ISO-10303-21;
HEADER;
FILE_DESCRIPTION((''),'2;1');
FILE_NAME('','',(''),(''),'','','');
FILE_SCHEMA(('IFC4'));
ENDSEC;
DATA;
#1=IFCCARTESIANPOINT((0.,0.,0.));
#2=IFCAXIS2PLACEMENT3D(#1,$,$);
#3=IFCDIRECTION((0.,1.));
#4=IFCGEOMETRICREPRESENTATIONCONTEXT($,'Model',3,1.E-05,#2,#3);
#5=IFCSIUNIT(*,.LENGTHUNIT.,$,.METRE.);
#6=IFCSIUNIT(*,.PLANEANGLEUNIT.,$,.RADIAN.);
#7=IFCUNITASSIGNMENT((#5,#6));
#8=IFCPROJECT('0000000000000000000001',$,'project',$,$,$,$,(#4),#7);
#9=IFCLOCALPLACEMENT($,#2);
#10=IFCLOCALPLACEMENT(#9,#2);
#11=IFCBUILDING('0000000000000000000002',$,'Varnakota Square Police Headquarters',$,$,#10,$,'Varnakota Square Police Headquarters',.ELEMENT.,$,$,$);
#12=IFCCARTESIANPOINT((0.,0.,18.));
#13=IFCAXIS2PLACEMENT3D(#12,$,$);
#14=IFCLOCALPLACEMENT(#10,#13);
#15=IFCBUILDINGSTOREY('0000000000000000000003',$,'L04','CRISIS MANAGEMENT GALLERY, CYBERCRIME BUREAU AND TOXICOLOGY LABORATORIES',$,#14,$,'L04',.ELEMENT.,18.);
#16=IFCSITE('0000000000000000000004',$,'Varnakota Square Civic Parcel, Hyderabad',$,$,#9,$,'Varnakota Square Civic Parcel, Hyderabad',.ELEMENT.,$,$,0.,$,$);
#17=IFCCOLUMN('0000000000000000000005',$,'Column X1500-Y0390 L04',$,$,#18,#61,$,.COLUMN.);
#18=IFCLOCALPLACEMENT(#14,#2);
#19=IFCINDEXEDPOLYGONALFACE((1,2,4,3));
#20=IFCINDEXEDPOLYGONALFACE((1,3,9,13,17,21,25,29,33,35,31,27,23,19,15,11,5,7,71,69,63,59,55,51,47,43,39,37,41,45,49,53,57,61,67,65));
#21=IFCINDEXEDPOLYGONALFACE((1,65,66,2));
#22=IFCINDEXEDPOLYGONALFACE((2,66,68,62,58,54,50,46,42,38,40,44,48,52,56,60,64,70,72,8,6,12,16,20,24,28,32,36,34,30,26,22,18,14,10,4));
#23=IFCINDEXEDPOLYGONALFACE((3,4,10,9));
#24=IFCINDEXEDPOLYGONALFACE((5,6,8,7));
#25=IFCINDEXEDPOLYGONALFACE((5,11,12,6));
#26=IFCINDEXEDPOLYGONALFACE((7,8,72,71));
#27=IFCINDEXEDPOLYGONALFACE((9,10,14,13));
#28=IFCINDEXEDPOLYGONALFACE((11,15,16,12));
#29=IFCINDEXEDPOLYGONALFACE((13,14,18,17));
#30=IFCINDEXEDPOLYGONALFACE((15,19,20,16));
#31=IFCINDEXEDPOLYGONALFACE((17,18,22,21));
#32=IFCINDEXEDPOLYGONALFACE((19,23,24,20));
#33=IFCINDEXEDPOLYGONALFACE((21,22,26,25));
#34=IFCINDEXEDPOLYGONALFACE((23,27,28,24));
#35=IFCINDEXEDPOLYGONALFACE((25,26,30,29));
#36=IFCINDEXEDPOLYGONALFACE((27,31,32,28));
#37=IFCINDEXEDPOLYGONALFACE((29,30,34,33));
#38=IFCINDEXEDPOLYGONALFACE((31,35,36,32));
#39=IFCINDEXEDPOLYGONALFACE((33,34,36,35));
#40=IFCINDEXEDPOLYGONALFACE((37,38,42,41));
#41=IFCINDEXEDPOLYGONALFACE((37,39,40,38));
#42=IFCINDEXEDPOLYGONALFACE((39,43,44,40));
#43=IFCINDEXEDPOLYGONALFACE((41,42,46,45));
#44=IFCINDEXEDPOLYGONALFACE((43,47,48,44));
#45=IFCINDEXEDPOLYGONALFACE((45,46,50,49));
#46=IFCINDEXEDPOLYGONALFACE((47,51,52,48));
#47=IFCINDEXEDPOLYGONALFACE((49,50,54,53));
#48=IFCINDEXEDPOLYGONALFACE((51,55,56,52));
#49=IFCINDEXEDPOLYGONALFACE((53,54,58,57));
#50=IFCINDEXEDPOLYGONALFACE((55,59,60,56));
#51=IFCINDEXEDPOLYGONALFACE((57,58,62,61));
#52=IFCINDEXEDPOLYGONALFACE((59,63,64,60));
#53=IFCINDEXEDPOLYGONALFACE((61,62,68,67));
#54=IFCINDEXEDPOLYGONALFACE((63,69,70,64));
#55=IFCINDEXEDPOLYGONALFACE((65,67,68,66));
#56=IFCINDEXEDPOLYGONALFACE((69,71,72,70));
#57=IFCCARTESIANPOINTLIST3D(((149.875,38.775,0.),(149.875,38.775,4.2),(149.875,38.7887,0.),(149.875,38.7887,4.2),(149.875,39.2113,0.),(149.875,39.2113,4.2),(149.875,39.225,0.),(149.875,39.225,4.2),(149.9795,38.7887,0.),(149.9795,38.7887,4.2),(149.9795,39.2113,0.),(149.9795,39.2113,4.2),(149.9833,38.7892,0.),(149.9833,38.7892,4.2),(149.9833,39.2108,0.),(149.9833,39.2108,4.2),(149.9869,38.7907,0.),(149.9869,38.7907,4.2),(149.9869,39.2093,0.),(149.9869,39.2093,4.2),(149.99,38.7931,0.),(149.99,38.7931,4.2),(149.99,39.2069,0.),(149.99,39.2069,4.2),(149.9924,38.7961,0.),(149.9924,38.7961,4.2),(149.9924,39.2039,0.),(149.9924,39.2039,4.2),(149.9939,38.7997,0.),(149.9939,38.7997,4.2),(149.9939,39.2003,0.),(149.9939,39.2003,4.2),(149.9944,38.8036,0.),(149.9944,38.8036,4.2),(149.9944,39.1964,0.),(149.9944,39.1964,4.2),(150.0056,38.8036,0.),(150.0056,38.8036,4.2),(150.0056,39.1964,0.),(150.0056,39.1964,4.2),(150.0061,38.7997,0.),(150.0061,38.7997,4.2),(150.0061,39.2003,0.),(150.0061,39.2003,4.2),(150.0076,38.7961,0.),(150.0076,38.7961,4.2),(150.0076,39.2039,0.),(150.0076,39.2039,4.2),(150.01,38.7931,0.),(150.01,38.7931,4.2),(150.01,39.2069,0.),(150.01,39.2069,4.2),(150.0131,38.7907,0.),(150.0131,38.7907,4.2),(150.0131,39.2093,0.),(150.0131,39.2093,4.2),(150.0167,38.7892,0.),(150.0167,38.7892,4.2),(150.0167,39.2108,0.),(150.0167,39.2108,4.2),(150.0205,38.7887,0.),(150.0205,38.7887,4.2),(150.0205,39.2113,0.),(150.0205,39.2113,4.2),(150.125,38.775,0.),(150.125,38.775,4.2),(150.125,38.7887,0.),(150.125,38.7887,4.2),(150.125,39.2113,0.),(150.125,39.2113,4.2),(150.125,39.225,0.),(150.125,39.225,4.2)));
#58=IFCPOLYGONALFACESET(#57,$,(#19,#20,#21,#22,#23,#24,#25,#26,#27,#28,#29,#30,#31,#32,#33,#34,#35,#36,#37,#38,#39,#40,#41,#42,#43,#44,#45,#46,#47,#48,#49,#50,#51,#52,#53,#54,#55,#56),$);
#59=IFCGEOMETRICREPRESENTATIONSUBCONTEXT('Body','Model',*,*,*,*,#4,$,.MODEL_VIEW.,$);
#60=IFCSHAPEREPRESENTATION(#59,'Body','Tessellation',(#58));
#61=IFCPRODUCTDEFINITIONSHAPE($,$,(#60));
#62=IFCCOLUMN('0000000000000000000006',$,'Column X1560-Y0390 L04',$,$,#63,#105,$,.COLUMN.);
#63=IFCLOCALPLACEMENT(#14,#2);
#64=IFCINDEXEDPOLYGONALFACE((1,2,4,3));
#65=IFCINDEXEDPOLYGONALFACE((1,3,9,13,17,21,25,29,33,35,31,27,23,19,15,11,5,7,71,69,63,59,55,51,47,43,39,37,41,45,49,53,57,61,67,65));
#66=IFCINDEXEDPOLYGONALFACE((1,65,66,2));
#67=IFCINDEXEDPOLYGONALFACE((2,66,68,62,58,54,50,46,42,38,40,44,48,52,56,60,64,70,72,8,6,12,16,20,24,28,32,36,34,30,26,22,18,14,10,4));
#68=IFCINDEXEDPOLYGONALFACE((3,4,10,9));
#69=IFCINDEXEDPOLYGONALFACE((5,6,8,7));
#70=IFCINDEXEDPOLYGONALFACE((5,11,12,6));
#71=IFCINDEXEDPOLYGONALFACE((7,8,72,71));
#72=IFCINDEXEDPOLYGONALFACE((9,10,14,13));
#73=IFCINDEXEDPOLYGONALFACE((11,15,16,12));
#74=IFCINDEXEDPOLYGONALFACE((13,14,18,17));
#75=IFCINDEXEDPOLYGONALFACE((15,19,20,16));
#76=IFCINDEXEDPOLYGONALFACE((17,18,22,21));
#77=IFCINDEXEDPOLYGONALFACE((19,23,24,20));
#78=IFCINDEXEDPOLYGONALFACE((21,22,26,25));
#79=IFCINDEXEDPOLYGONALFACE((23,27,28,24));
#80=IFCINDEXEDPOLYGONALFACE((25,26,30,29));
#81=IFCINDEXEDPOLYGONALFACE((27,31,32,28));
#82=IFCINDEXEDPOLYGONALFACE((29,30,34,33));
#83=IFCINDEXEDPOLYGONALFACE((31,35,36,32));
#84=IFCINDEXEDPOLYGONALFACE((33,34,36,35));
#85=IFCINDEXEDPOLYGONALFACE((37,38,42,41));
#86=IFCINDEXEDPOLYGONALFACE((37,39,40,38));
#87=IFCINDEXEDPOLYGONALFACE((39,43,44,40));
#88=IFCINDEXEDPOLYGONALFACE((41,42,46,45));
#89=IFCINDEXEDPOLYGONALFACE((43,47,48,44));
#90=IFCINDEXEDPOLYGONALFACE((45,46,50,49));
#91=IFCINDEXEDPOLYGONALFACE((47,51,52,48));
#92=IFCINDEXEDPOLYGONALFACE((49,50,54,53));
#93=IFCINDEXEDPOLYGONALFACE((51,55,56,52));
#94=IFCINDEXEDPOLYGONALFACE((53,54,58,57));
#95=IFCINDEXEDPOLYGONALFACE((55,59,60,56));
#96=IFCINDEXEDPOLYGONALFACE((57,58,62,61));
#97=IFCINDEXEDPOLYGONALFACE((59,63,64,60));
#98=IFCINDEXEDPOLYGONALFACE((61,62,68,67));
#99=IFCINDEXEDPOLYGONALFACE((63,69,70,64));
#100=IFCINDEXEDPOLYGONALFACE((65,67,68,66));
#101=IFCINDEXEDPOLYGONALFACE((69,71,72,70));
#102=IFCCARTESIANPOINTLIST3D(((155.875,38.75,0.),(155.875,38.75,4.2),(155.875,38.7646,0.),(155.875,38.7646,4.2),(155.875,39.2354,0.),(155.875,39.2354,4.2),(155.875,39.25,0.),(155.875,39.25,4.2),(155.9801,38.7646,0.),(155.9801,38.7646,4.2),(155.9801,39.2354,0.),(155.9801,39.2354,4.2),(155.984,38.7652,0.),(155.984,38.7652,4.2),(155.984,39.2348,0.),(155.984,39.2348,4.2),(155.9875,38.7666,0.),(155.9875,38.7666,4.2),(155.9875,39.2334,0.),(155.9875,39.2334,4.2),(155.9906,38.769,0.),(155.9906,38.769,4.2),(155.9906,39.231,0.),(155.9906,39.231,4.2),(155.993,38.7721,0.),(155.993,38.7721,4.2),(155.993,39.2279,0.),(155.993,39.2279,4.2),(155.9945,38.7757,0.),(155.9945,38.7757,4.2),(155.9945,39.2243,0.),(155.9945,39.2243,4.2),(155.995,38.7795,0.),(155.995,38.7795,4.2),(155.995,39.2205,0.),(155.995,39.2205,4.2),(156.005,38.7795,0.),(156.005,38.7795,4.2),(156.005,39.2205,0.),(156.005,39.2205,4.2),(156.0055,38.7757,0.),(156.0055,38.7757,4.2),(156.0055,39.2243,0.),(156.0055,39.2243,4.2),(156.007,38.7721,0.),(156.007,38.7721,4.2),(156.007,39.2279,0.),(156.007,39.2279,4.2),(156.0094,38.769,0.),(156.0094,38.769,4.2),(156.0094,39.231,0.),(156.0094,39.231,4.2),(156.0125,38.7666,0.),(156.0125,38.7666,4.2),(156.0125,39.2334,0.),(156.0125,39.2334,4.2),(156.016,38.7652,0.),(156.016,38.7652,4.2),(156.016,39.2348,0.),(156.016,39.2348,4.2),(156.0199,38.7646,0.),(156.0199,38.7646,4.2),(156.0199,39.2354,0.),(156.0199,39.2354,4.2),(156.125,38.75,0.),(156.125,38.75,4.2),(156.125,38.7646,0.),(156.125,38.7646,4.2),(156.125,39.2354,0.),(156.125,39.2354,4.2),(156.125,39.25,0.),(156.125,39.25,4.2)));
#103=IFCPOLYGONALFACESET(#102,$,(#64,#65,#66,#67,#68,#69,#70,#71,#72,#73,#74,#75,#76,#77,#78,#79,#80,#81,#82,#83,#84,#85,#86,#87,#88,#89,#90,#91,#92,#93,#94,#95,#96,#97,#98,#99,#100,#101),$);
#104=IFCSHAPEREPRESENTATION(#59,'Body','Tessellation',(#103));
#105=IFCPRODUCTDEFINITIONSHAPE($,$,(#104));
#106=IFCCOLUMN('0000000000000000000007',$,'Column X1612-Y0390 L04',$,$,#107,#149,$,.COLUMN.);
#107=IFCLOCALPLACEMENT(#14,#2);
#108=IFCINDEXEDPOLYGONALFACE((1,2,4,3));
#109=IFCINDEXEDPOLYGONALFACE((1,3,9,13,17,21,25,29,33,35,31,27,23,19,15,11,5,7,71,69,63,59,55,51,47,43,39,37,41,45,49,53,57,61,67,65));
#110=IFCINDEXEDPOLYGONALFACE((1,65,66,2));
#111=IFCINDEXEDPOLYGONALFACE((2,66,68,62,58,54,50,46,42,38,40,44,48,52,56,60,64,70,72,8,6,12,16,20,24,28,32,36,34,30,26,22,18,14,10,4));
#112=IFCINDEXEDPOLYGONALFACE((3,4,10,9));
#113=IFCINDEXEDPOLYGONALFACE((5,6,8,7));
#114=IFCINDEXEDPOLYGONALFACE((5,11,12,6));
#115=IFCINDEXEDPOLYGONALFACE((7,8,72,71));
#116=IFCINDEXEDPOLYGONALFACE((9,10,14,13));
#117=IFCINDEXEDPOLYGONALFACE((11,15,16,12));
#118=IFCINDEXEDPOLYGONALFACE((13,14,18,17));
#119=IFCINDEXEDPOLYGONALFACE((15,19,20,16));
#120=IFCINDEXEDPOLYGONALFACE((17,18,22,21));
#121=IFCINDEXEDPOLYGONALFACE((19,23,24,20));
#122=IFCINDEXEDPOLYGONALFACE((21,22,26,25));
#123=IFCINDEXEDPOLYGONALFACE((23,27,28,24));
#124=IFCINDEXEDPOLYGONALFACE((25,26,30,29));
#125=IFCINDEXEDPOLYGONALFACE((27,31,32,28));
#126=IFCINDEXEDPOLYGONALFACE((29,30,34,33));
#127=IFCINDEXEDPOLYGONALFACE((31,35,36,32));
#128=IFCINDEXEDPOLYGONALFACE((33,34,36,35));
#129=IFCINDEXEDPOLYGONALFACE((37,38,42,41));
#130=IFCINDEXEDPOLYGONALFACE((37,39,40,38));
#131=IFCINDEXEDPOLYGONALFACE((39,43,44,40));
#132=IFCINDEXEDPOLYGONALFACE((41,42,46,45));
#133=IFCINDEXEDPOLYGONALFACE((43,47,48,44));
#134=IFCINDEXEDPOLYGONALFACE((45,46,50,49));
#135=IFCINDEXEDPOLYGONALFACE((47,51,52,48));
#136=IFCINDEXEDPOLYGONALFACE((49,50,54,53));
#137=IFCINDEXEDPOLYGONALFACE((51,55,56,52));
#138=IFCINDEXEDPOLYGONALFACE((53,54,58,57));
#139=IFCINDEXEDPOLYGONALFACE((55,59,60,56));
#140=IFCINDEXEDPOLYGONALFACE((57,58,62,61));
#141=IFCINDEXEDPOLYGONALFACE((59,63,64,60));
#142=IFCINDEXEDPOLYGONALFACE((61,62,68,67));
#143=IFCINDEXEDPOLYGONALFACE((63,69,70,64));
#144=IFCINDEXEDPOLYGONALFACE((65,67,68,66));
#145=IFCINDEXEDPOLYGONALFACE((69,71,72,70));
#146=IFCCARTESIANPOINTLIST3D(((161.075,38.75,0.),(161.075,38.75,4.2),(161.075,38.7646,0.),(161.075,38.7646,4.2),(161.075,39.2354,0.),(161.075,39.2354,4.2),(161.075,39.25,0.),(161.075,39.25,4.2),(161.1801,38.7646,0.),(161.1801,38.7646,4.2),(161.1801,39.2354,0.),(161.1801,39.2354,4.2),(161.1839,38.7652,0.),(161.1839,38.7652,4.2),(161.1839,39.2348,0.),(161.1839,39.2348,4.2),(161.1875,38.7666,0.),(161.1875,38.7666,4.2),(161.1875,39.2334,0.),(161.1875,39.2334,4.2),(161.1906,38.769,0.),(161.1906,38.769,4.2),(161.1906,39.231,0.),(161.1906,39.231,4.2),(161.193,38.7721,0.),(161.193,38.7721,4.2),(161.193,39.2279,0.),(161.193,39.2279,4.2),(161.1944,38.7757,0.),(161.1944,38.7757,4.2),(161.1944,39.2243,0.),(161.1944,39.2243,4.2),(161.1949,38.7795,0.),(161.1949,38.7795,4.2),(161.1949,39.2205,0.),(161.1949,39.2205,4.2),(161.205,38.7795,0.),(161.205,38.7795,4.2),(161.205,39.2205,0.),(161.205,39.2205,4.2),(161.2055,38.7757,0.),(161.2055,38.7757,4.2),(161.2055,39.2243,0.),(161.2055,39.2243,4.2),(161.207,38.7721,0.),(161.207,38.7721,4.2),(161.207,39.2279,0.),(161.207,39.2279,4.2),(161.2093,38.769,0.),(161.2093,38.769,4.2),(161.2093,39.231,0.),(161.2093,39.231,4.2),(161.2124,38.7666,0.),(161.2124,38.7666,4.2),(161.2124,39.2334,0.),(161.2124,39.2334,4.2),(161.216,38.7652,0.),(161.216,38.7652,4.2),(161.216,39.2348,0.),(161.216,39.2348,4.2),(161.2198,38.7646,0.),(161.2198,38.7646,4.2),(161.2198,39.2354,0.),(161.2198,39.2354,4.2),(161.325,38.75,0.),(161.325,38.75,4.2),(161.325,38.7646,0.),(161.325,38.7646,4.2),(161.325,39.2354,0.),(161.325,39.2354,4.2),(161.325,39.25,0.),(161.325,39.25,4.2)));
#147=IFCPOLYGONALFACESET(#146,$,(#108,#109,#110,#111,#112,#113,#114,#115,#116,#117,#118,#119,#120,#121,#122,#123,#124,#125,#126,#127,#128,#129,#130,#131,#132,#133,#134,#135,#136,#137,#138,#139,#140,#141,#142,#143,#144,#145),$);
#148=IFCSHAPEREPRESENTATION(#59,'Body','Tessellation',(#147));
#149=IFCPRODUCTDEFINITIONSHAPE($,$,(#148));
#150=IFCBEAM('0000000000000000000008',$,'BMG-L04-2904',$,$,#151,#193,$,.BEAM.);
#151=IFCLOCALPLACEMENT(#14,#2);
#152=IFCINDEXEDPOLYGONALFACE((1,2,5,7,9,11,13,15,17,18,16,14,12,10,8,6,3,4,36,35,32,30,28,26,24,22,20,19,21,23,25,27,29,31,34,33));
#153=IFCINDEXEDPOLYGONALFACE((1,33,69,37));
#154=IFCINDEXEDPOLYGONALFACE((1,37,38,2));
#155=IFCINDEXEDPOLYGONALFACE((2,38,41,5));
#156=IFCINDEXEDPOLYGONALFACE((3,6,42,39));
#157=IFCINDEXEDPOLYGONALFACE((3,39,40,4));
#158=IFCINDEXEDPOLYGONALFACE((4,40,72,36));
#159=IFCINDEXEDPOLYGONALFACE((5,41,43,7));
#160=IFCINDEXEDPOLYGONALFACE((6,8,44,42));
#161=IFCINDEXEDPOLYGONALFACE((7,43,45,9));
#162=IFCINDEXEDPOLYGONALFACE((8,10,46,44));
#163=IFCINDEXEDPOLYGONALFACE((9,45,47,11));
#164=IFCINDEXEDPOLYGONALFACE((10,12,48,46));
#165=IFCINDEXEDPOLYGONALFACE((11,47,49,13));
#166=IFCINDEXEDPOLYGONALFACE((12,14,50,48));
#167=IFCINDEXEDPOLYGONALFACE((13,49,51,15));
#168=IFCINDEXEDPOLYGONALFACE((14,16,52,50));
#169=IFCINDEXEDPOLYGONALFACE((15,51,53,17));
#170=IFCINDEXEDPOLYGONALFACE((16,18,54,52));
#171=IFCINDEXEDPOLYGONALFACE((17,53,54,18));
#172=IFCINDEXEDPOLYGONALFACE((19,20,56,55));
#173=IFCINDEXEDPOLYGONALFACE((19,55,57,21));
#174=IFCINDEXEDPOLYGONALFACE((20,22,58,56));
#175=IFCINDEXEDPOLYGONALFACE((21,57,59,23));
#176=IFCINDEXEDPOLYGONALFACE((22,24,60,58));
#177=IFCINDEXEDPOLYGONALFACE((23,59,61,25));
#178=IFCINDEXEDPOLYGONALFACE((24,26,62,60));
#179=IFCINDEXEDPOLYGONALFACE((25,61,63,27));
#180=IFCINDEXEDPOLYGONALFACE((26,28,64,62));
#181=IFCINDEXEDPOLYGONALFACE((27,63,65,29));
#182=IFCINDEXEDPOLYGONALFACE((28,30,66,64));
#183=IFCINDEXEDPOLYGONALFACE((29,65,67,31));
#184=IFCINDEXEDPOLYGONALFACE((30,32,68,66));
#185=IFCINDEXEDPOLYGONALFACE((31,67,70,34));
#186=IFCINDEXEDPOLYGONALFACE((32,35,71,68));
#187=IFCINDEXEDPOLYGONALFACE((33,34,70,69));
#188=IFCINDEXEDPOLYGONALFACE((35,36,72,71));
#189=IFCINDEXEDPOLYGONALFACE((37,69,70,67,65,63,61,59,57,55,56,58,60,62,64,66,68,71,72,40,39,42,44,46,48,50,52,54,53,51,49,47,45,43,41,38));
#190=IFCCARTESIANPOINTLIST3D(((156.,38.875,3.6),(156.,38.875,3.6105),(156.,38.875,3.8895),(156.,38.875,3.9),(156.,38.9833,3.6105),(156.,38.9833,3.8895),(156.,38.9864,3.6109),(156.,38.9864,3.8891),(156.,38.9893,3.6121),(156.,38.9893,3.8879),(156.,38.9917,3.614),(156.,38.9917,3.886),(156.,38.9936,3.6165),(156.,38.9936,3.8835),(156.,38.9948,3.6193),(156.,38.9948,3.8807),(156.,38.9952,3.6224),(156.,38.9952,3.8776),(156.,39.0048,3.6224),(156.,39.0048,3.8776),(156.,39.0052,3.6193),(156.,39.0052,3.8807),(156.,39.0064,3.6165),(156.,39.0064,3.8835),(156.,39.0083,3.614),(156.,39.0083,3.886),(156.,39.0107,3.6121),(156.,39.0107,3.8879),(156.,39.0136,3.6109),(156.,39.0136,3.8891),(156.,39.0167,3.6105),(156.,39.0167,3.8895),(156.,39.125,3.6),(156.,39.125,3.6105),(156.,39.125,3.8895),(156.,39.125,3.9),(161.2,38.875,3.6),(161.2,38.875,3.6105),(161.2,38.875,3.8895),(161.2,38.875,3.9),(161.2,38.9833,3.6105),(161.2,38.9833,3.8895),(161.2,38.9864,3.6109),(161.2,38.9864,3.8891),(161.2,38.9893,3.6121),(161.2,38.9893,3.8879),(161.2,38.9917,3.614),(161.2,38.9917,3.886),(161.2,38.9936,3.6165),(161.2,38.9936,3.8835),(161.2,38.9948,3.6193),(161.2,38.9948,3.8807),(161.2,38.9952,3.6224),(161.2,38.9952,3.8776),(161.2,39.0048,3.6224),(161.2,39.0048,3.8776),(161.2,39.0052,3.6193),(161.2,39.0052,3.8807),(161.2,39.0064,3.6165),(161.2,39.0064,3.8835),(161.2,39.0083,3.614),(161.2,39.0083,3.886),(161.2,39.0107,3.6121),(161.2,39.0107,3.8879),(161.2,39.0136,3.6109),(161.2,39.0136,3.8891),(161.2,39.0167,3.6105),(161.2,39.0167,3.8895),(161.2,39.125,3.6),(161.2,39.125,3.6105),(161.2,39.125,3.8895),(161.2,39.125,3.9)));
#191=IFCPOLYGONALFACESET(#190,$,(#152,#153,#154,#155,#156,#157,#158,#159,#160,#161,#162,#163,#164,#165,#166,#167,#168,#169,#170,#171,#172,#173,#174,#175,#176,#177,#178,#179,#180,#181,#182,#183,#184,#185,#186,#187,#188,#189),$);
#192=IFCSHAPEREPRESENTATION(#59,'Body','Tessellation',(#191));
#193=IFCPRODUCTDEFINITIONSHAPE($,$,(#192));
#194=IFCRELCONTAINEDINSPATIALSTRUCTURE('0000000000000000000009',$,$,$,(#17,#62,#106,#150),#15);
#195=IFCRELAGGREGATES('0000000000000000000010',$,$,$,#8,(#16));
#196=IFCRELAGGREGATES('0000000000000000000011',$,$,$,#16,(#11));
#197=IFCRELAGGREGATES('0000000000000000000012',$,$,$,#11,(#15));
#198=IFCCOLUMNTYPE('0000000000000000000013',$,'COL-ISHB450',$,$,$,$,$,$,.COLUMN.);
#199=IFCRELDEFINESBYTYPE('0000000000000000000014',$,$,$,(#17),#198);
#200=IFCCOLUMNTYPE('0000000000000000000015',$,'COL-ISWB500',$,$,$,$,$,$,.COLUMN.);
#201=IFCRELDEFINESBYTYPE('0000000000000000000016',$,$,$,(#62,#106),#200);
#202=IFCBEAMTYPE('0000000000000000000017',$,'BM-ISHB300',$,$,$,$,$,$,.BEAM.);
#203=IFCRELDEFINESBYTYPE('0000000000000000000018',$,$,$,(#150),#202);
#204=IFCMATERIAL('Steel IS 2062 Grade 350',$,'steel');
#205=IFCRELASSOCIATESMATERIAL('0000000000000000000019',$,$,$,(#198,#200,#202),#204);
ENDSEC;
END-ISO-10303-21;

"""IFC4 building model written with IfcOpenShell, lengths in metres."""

from ifc_helpers import new_model, si_unit, direction, frame, origin, origin_2d, place, context, subcontext, project, spatial, i_section, extrude, material, material_profile, profile_set, type_object, element, save


model = new_model("IFC4")

# Units and contexts
model_context = context("Model", 3, precision=1e-05, world=origin(), true_north=direction((0.0, 1.0)))
body_context = subcontext(model_context, "Body", "Model", "MODEL_VIEW")
ifc_project = project(units=[si_unit("LENGTHUNIT", "METRE"), si_unit("PLANEANGLEUNIT", "RADIAN")], contexts=[model_context])

# Site, building, storey
site_placement = place(None, origin())
site = spatial("IfcSite", under=ifc_project, at=site_placement, Name="Varnakota Square Civic Parcel, Hyderabad", LongName="Varnakota Square Civic Parcel, Hyderabad", CompositionType="ELEMENT", RefElevation=0.0)
building_placement = place(site_placement, origin())
building = spatial("IfcBuilding", under=site, at=building_placement, Name="Varnakota Square Police Headquarters", LongName="Varnakota Square Police Headquarters", CompositionType="ELEMENT")
storey_placement = place(building_placement, frame((0.0, 0.0, 18.0)))
storey = spatial("IfcBuildingStorey", under=building, at=storey_placement, Name="L04", Description="CRISIS MANAGEMENT GALLERY, CYBERCRIME BUREAU AND TOXICOLOGY LABORATORIES", LongName="L04", CompositionType="ELEMENT", Elevation=18.0)

# Columns
ifc_material_1 = material(Name="Steel IS 2062 Grade 350", Category="steel")
ifc_material_profile_1 = material_profile(ifc_material_1, i_section(OverallWidth=0.25, OverallDepth=0.45, WebThickness=0.0112, FlangeThickness=0.0137, FilletRadius=0.0149, at=origin_2d()), Name="ISHB 450")
ifc_profile_set_1 = profile_set([ifc_material_profile_1], Name="Steel IS 2062 Grade 350")
column_type_1 = type_object("IfcColumnType", Name="COL-ISHB450", PredefinedType="COLUMN", material=ifc_profile_set_1)
column_placement = place(storey_placement, frame((150.0, 39.0, 0.0), z_axis=(0.0, 0.0, 1.0), x_axis=(1.0, 0.0, 0.0)))
element("IfcColumn", 1, at=column_placement, inside=storey, type_object=column_type_1, Name="Column X1500-Y0390 L04", PredefinedType="COLUMN", context=body_context, shape_type="SweptSolid", body=[
    extrude(i_section(OverallWidth=0.25, OverallDepth=0.45, WebThickness=0.0112, FlangeThickness=0.0137, FilletRadius=0.0149, at=origin_2d()), origin(), (0.0, 0.0, 1.0), 4.2),
])
ifc_material_profile_2 = material_profile(ifc_material_1, i_section(OverallWidth=0.25, OverallDepth=0.5, WebThickness=0.01, FlangeThickness=0.0146, FilletRadius=0.0149, at=origin_2d()), Name="ISWB 500")
ifc_profile_set_2 = profile_set([ifc_material_profile_2], Name="Steel IS 2062 Grade 350")
column_type_2 = type_object("IfcColumnType", Name="COL-ISWB500", PredefinedType="COLUMN", material=ifc_profile_set_2)
for number, where, z_axis, x_axis, name in (
    (2, (156.0, 39.0, 0.0), (0.0, 0.0, 1.0), (1.0, 0.0, 0.0), "Column X1560-Y0390 L04"),
    (3, (161.2, 39.0, 0.0), (0.0, 0.0, 1.0), (1.0, 0.0, 0.0), "Column X1612-Y0390 L04"),
):
    element("IfcColumn", number, at=place(storey_placement, frame(where, z_axis=z_axis, x_axis=x_axis)), inside=storey, type_object=column_type_2, Name=name, PredefinedType="COLUMN", context=body_context, shape_type="SweptSolid", body=[
        extrude(i_section(OverallWidth=0.25, OverallDepth=0.5, WebThickness=0.01, FlangeThickness=0.0146, FilletRadius=0.0149, at=origin_2d()), origin(), (0.0, 0.0, 1.0), 4.2),
    ])

# Beam
ifc_material_profile_3 = material_profile(ifc_material_1, i_section(OverallWidth=0.25, OverallDepth=0.3, WebThickness=0.0095, FlangeThickness=0.0105, FilletRadius=0.012, at=origin_2d()), Name="ISHB 300")
ifc_profile_set_3 = profile_set([ifc_material_profile_3], Name="Steel IS 2062 Grade 350")
beam_type_1 = type_object("IfcBeamType", Name="BM-ISHB300", PredefinedType="BEAM", material=ifc_profile_set_3)
beam_1_placement = place(storey_placement, frame((156.0, 39.0, 3.75), z_axis=(1.0, 0.0, 0.0), x_axis=(0.0, 1.0, 0.0)))
element("IfcBeam", 4, at=beam_1_placement, inside=storey, type_object=beam_type_1, Name="BMG-L04-2904", PredefinedType="BEAM", context=body_context, shape_type="SweptSolid", body=[
    extrude(i_section(OverallWidth=0.25, OverallDepth=0.3, WebThickness=0.0095, FlangeThickness=0.0105, FilletRadius=0.012, at=origin_2d()), origin(), (0.0, 0.0, 1.0), 5.2),
])

save(model, "model.ifc")
